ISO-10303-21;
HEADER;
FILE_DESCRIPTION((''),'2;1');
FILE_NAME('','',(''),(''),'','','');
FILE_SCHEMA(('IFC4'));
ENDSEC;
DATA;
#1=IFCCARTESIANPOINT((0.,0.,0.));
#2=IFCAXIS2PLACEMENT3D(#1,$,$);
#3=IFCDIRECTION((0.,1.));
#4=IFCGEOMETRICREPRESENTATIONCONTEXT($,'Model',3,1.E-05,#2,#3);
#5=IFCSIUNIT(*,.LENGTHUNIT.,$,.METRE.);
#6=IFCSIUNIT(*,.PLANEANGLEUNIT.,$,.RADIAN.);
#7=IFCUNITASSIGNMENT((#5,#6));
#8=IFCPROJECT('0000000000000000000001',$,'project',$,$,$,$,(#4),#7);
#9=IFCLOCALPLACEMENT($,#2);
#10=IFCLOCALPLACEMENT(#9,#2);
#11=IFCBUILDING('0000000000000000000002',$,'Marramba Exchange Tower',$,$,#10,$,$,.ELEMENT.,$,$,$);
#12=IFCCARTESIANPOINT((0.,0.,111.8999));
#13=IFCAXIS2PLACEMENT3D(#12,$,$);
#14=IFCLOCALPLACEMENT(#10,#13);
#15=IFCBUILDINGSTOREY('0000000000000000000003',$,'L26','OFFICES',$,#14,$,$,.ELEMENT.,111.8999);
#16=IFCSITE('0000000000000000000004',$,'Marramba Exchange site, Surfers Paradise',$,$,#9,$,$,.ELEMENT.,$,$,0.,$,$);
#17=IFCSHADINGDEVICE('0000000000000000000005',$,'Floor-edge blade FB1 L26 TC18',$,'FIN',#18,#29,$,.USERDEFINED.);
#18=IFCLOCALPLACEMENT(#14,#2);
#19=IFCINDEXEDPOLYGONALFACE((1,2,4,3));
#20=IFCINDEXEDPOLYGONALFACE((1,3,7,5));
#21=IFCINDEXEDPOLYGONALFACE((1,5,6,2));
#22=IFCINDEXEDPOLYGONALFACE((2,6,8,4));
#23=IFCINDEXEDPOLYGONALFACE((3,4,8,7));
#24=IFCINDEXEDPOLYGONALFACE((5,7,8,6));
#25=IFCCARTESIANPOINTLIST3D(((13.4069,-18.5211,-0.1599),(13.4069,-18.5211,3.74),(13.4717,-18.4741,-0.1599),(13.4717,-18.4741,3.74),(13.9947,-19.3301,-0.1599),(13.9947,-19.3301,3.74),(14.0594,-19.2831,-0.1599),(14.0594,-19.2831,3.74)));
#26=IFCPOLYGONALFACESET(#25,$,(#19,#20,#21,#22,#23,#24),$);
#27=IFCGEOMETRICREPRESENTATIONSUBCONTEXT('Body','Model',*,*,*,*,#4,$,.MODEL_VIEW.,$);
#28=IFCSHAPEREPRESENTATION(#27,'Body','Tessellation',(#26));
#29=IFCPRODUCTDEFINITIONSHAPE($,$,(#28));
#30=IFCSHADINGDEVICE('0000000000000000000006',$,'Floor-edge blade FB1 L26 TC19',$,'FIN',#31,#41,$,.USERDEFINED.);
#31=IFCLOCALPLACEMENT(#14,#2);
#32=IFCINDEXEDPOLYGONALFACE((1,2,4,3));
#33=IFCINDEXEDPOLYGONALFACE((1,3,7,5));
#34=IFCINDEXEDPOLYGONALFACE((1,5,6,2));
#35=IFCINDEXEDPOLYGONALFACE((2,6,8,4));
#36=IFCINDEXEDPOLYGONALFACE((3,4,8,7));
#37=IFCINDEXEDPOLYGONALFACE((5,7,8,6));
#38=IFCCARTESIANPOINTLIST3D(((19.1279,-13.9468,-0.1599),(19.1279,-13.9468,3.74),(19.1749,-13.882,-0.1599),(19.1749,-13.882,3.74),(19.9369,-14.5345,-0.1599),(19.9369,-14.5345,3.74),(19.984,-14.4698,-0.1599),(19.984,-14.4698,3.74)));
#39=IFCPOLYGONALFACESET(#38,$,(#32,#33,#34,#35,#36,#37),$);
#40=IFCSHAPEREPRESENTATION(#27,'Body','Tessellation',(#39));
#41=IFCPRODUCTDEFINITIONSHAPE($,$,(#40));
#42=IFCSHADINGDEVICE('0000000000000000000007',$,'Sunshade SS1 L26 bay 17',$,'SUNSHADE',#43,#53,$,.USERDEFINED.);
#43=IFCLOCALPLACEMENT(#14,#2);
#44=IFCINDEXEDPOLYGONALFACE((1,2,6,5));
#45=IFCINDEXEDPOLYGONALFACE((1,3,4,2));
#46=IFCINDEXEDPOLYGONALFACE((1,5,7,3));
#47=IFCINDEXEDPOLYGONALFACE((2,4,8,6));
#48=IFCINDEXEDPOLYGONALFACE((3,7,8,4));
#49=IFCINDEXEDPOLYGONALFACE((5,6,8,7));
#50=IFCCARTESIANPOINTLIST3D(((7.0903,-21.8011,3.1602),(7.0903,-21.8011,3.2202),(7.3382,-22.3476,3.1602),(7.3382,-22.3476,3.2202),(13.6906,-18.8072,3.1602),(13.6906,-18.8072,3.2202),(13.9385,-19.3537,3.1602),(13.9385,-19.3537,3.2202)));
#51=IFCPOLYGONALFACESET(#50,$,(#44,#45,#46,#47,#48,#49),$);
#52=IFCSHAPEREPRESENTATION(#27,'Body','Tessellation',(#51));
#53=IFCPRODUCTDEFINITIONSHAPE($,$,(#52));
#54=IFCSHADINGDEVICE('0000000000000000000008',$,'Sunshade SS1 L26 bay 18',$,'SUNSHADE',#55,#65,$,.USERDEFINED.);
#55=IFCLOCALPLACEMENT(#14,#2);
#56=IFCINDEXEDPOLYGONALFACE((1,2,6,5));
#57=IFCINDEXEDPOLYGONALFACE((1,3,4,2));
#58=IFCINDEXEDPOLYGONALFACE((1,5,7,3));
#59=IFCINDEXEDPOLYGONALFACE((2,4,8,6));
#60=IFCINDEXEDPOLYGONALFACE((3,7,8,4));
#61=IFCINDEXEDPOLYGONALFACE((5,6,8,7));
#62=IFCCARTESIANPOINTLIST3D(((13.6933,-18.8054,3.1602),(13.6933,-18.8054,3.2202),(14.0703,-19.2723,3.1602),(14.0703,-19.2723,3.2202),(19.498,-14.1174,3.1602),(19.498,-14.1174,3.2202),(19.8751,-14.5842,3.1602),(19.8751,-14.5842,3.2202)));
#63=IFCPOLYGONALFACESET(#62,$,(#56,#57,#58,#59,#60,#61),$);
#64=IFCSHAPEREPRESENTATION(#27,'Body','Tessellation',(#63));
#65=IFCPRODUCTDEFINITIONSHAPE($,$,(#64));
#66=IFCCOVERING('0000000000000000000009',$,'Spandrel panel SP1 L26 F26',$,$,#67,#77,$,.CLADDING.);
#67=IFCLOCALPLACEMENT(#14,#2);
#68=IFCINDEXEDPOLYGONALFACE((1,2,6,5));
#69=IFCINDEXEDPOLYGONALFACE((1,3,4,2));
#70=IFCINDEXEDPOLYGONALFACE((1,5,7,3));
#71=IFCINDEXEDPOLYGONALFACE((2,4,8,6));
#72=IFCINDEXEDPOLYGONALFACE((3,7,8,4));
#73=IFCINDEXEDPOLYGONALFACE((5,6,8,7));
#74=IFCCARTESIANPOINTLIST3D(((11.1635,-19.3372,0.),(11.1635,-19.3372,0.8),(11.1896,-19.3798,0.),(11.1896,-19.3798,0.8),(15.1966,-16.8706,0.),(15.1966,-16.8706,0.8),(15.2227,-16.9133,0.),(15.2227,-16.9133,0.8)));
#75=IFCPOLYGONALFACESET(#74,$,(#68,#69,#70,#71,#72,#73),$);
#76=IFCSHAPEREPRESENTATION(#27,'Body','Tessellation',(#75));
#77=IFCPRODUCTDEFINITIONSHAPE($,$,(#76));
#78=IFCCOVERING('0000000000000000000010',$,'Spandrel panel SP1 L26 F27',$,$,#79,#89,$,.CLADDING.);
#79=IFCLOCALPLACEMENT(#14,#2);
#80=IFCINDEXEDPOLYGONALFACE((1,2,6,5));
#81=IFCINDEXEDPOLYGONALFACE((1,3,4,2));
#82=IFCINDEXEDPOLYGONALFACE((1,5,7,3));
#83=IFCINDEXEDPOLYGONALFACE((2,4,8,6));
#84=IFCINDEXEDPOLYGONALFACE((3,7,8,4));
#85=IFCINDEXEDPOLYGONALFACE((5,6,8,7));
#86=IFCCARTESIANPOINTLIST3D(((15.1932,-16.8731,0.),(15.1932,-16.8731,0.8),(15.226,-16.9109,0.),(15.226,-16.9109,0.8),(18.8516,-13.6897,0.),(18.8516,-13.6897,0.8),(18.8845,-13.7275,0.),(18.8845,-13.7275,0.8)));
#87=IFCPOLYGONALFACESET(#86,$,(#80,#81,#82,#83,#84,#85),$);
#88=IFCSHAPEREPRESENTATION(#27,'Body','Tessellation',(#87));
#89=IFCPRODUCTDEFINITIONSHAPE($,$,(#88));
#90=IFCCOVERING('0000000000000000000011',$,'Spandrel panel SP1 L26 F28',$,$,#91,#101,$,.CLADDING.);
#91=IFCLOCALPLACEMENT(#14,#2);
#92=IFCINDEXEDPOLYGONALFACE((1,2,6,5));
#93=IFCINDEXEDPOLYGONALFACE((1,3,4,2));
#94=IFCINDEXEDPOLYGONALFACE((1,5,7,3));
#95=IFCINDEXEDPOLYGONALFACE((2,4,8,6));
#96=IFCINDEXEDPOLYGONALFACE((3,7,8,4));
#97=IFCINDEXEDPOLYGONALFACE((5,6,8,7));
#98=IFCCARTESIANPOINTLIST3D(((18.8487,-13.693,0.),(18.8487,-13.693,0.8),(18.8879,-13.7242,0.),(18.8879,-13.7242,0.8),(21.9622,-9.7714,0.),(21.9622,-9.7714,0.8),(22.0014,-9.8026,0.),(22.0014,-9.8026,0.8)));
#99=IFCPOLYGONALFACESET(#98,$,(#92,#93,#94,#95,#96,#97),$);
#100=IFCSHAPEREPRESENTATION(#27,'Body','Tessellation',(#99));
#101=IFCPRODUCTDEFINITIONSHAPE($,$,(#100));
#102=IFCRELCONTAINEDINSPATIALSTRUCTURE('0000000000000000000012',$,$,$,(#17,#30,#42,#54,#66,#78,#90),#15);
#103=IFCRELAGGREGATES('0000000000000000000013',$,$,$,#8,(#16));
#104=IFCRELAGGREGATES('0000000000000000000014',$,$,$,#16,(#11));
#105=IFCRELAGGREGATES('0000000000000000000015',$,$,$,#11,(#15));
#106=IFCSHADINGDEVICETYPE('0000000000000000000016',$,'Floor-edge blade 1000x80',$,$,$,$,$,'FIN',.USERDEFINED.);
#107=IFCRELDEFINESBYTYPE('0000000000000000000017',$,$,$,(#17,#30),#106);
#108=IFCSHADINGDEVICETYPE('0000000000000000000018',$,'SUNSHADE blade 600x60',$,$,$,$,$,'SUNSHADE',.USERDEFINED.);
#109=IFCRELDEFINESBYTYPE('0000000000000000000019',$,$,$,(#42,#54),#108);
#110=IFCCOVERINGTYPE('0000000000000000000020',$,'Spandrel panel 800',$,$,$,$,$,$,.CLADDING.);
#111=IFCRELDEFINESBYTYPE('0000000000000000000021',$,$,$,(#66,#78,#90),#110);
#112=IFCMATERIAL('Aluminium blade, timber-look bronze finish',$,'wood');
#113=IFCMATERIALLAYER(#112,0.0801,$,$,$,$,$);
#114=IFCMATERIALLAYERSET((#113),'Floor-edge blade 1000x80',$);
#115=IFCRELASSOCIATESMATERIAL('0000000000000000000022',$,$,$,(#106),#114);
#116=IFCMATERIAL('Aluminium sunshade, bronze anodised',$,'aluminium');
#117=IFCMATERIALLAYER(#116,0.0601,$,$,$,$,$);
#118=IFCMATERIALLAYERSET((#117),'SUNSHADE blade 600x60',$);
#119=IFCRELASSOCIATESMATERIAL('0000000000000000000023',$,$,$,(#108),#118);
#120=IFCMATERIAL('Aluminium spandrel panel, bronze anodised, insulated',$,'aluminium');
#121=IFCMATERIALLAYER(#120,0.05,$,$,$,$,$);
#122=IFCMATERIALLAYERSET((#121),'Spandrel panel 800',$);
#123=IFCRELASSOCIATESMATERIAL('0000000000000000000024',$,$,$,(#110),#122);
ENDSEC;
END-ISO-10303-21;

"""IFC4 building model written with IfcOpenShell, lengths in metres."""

from ifc_helpers import new_model, si_unit, direction, frame, origin, origin_2d, place, context, subcontext, project, spatial, rectangle, extrude, material, layer, layer_set, type_object, element, save


model = new_model("IFC4")

# Units and contexts
model_context = context("Model", 3, precision=1e-05, world=origin(), true_north=direction((0.0, 1.0)))
body_context = subcontext(model_context, "Body", "Model", "MODEL_VIEW")
ifc_project = project(units=[si_unit("LENGTHUNIT", "METRE"), si_unit("PLANEANGLEUNIT", "RADIAN")], contexts=[model_context])

# Site, building, storey
site_placement = place(None, origin())
site = spatial("IfcSite", under=ifc_project, at=site_placement, Name="Marramba Exchange site, Surfers Paradise", CompositionType="ELEMENT", RefElevation=0.0)
building_placement = place(site_placement, origin())
building = spatial("IfcBuilding", under=site, at=building_placement, Name="Marramba Exchange Tower", CompositionType="ELEMENT")
storey_placement = place(building_placement, frame((0.0, 0.0, 111.8999)))
storey = spatial("IfcBuildingStorey", under=building, at=storey_placement, Name="L26", Description="OFFICES", CompositionType="ELEMENT", Elevation=111.8999)

# Shading devices
ifc_material_1 = material(Name="Aluminium blade, timber-look bronze finish", Category="wood")
ifc_layer_1 = layer(ifc_material_1, 0.0801)
ifc_layer_set_1 = layer_set([ifc_layer_1], Name="Floor-edge blade 1000x80")
shading_device_type_1 = type_object("IfcShadingDeviceType", Name="Floor-edge blade 1000x80", ElementType="FIN", PredefinedType="USERDEFINED", material=ifc_layer_set_1)
for number, where, z_axis, x_axis, name in (
    (1, (13.7332, -18.9021, -0.1599), (0.0, 0.0, 1.0), (0.587785, -0.809017, 0.0), "Floor-edge blade FB1 L26 TC18"),
    (2, (19.5559, -14.2083, -0.1599), (0.0, 0.0, 1.0), (0.809017, -0.587785, 0.0), "Floor-edge blade FB1 L26 TC19"),
):
    element("IfcShadingDevice", number, at=place(storey_placement, frame(where, z_axis=z_axis, x_axis=x_axis)), inside=storey, type_object=shading_device_type_1, Name=name, ObjectType="FIN", PredefinedType="USERDEFINED", context=body_context, shape_type="SweptSolid", body=[
        extrude(rectangle(XDim=1.0, YDim=0.0801, at=origin_2d()), origin(), (0.0, 0.0, 1.0), 3.8999),
    ])
ifc_material_2 = material(Name="Aluminium sunshade, bronze anodised", Category="aluminium")
ifc_layer_2 = layer(ifc_material_2, 0.0601)
ifc_layer_set_2 = layer_set([ifc_layer_2], Name="SUNSHADE blade 600x60")
shading_device_type_2 = type_object("IfcShadingDeviceType", Name="SUNSHADE blade 600x60", ElementType="SUNSHADE", PredefinedType="USERDEFINED", material=ifc_layer_set_2)
shading_device_1_placement = place(storey_placement, frame((10.5144, -20.5774, 3.1602), z_axis=(0.0, 0.0, 1.0), x_axis=(0.910692, 0.413086, 0.0)))
element("IfcShadingDevice", 3, at=shading_device_1_placement, inside=storey, type_object=shading_device_type_2, Name="Sunshade SS1 L26 bay 17", ObjectType="SUNSHADE", PredefinedType="USERDEFINED", context=body_context, shape_type="SweptSolid", body=[
    extrude(rectangle(XDim=7.2476, YDim=0.6001, at=origin_2d()), origin(), (0.0, 0.0, 1.0), 0.0601),
])
shading_device_2_placement = place(storey_placement, frame((16.7842, -16.6948, 3.1602), z_axis=(0.0, 0.0, 1.0), x_axis=(0.777962, 0.628311, 0.0)))
element("IfcShadingDevice", 4, at=shading_device_2_placement, inside=storey, type_object=shading_device_type_2, Name="Sunshade SS1 L26 bay 18", ObjectType="SUNSHADE", PredefinedType="USERDEFINED", context=body_context, shape_type="SweptSolid", body=[
    extrude(rectangle(XDim=7.4614, YDim=0.6001, at=origin_2d()), origin(), (0.0, 0.0, 1.0), 0.0601),
])

# Coverings
ifc_material_3 = material(Name="Aluminium spandrel panel, bronze anodised, insulated", Category="aluminium")
ifc_layer_3 = layer(ifc_material_3, 0.05)
ifc_layer_set_3 = layer_set([ifc_layer_3], Name="Spandrel panel 800")
covering_type = type_object("IfcCoveringType", Name="Spandrel panel 800", PredefinedType="CLADDING", material=ifc_layer_set_3)
covering_1_placement = place(storey_placement, frame((13.1931, -18.1252, 0.0), z_axis=(0.0, 0.0, 1.0), x_axis=(0.853109, 0.521733, 0.0)))
element("IfcCovering", 5, at=covering_1_placement, inside=storey, type_object=covering_type, Name="Spandrel panel SP1 L26 F26", PredefinedType="CLADDING", context=body_context, shape_type="SweptSolid", body=[
    extrude(rectangle(XDim=4.7275, YDim=0.05, at=origin_2d()), origin(), (0.0, 0.0, 1.0), 0.8),
])
covering_2_placement = place(storey_placement, frame((17.0388, -15.3003, 0.0), z_axis=(0.0, 0.0, 1.0), x_axis=(0.754386, 0.656432, 0.0)))
element("IfcCovering", 6, at=covering_2_placement, inside=storey, type_object=covering_type, Name="Spandrel panel SP1 L26 F27", PredefinedType="CLADDING", context=body_context, shape_type="SweptSolid", body=[
    extrude(rectangle(XDim=4.8496, YDim=0.05, at=origin_2d()), origin(), (0.0, 0.0, 1.0), 0.8),
])
covering_3_placement = place(storey_placement, frame((20.425, -11.7478, 0.0), z_axis=(0.0, 0.0, 1.0), x_axis=(0.621807, 0.78317, 0.0)))
element("IfcCovering", 7, at=covering_3_placement, inside=storey, type_object=covering_type, Name="Spandrel panel SP1 L26 F28", PredefinedType="CLADDING", context=body_context, shape_type="SweptSolid", body=[
    extrude(rectangle(XDim=5.0073, YDim=0.05, at=origin_2d()), origin(), (0.0, 0.0, 1.0), 0.8),
])

save(model, "model.ifc")
